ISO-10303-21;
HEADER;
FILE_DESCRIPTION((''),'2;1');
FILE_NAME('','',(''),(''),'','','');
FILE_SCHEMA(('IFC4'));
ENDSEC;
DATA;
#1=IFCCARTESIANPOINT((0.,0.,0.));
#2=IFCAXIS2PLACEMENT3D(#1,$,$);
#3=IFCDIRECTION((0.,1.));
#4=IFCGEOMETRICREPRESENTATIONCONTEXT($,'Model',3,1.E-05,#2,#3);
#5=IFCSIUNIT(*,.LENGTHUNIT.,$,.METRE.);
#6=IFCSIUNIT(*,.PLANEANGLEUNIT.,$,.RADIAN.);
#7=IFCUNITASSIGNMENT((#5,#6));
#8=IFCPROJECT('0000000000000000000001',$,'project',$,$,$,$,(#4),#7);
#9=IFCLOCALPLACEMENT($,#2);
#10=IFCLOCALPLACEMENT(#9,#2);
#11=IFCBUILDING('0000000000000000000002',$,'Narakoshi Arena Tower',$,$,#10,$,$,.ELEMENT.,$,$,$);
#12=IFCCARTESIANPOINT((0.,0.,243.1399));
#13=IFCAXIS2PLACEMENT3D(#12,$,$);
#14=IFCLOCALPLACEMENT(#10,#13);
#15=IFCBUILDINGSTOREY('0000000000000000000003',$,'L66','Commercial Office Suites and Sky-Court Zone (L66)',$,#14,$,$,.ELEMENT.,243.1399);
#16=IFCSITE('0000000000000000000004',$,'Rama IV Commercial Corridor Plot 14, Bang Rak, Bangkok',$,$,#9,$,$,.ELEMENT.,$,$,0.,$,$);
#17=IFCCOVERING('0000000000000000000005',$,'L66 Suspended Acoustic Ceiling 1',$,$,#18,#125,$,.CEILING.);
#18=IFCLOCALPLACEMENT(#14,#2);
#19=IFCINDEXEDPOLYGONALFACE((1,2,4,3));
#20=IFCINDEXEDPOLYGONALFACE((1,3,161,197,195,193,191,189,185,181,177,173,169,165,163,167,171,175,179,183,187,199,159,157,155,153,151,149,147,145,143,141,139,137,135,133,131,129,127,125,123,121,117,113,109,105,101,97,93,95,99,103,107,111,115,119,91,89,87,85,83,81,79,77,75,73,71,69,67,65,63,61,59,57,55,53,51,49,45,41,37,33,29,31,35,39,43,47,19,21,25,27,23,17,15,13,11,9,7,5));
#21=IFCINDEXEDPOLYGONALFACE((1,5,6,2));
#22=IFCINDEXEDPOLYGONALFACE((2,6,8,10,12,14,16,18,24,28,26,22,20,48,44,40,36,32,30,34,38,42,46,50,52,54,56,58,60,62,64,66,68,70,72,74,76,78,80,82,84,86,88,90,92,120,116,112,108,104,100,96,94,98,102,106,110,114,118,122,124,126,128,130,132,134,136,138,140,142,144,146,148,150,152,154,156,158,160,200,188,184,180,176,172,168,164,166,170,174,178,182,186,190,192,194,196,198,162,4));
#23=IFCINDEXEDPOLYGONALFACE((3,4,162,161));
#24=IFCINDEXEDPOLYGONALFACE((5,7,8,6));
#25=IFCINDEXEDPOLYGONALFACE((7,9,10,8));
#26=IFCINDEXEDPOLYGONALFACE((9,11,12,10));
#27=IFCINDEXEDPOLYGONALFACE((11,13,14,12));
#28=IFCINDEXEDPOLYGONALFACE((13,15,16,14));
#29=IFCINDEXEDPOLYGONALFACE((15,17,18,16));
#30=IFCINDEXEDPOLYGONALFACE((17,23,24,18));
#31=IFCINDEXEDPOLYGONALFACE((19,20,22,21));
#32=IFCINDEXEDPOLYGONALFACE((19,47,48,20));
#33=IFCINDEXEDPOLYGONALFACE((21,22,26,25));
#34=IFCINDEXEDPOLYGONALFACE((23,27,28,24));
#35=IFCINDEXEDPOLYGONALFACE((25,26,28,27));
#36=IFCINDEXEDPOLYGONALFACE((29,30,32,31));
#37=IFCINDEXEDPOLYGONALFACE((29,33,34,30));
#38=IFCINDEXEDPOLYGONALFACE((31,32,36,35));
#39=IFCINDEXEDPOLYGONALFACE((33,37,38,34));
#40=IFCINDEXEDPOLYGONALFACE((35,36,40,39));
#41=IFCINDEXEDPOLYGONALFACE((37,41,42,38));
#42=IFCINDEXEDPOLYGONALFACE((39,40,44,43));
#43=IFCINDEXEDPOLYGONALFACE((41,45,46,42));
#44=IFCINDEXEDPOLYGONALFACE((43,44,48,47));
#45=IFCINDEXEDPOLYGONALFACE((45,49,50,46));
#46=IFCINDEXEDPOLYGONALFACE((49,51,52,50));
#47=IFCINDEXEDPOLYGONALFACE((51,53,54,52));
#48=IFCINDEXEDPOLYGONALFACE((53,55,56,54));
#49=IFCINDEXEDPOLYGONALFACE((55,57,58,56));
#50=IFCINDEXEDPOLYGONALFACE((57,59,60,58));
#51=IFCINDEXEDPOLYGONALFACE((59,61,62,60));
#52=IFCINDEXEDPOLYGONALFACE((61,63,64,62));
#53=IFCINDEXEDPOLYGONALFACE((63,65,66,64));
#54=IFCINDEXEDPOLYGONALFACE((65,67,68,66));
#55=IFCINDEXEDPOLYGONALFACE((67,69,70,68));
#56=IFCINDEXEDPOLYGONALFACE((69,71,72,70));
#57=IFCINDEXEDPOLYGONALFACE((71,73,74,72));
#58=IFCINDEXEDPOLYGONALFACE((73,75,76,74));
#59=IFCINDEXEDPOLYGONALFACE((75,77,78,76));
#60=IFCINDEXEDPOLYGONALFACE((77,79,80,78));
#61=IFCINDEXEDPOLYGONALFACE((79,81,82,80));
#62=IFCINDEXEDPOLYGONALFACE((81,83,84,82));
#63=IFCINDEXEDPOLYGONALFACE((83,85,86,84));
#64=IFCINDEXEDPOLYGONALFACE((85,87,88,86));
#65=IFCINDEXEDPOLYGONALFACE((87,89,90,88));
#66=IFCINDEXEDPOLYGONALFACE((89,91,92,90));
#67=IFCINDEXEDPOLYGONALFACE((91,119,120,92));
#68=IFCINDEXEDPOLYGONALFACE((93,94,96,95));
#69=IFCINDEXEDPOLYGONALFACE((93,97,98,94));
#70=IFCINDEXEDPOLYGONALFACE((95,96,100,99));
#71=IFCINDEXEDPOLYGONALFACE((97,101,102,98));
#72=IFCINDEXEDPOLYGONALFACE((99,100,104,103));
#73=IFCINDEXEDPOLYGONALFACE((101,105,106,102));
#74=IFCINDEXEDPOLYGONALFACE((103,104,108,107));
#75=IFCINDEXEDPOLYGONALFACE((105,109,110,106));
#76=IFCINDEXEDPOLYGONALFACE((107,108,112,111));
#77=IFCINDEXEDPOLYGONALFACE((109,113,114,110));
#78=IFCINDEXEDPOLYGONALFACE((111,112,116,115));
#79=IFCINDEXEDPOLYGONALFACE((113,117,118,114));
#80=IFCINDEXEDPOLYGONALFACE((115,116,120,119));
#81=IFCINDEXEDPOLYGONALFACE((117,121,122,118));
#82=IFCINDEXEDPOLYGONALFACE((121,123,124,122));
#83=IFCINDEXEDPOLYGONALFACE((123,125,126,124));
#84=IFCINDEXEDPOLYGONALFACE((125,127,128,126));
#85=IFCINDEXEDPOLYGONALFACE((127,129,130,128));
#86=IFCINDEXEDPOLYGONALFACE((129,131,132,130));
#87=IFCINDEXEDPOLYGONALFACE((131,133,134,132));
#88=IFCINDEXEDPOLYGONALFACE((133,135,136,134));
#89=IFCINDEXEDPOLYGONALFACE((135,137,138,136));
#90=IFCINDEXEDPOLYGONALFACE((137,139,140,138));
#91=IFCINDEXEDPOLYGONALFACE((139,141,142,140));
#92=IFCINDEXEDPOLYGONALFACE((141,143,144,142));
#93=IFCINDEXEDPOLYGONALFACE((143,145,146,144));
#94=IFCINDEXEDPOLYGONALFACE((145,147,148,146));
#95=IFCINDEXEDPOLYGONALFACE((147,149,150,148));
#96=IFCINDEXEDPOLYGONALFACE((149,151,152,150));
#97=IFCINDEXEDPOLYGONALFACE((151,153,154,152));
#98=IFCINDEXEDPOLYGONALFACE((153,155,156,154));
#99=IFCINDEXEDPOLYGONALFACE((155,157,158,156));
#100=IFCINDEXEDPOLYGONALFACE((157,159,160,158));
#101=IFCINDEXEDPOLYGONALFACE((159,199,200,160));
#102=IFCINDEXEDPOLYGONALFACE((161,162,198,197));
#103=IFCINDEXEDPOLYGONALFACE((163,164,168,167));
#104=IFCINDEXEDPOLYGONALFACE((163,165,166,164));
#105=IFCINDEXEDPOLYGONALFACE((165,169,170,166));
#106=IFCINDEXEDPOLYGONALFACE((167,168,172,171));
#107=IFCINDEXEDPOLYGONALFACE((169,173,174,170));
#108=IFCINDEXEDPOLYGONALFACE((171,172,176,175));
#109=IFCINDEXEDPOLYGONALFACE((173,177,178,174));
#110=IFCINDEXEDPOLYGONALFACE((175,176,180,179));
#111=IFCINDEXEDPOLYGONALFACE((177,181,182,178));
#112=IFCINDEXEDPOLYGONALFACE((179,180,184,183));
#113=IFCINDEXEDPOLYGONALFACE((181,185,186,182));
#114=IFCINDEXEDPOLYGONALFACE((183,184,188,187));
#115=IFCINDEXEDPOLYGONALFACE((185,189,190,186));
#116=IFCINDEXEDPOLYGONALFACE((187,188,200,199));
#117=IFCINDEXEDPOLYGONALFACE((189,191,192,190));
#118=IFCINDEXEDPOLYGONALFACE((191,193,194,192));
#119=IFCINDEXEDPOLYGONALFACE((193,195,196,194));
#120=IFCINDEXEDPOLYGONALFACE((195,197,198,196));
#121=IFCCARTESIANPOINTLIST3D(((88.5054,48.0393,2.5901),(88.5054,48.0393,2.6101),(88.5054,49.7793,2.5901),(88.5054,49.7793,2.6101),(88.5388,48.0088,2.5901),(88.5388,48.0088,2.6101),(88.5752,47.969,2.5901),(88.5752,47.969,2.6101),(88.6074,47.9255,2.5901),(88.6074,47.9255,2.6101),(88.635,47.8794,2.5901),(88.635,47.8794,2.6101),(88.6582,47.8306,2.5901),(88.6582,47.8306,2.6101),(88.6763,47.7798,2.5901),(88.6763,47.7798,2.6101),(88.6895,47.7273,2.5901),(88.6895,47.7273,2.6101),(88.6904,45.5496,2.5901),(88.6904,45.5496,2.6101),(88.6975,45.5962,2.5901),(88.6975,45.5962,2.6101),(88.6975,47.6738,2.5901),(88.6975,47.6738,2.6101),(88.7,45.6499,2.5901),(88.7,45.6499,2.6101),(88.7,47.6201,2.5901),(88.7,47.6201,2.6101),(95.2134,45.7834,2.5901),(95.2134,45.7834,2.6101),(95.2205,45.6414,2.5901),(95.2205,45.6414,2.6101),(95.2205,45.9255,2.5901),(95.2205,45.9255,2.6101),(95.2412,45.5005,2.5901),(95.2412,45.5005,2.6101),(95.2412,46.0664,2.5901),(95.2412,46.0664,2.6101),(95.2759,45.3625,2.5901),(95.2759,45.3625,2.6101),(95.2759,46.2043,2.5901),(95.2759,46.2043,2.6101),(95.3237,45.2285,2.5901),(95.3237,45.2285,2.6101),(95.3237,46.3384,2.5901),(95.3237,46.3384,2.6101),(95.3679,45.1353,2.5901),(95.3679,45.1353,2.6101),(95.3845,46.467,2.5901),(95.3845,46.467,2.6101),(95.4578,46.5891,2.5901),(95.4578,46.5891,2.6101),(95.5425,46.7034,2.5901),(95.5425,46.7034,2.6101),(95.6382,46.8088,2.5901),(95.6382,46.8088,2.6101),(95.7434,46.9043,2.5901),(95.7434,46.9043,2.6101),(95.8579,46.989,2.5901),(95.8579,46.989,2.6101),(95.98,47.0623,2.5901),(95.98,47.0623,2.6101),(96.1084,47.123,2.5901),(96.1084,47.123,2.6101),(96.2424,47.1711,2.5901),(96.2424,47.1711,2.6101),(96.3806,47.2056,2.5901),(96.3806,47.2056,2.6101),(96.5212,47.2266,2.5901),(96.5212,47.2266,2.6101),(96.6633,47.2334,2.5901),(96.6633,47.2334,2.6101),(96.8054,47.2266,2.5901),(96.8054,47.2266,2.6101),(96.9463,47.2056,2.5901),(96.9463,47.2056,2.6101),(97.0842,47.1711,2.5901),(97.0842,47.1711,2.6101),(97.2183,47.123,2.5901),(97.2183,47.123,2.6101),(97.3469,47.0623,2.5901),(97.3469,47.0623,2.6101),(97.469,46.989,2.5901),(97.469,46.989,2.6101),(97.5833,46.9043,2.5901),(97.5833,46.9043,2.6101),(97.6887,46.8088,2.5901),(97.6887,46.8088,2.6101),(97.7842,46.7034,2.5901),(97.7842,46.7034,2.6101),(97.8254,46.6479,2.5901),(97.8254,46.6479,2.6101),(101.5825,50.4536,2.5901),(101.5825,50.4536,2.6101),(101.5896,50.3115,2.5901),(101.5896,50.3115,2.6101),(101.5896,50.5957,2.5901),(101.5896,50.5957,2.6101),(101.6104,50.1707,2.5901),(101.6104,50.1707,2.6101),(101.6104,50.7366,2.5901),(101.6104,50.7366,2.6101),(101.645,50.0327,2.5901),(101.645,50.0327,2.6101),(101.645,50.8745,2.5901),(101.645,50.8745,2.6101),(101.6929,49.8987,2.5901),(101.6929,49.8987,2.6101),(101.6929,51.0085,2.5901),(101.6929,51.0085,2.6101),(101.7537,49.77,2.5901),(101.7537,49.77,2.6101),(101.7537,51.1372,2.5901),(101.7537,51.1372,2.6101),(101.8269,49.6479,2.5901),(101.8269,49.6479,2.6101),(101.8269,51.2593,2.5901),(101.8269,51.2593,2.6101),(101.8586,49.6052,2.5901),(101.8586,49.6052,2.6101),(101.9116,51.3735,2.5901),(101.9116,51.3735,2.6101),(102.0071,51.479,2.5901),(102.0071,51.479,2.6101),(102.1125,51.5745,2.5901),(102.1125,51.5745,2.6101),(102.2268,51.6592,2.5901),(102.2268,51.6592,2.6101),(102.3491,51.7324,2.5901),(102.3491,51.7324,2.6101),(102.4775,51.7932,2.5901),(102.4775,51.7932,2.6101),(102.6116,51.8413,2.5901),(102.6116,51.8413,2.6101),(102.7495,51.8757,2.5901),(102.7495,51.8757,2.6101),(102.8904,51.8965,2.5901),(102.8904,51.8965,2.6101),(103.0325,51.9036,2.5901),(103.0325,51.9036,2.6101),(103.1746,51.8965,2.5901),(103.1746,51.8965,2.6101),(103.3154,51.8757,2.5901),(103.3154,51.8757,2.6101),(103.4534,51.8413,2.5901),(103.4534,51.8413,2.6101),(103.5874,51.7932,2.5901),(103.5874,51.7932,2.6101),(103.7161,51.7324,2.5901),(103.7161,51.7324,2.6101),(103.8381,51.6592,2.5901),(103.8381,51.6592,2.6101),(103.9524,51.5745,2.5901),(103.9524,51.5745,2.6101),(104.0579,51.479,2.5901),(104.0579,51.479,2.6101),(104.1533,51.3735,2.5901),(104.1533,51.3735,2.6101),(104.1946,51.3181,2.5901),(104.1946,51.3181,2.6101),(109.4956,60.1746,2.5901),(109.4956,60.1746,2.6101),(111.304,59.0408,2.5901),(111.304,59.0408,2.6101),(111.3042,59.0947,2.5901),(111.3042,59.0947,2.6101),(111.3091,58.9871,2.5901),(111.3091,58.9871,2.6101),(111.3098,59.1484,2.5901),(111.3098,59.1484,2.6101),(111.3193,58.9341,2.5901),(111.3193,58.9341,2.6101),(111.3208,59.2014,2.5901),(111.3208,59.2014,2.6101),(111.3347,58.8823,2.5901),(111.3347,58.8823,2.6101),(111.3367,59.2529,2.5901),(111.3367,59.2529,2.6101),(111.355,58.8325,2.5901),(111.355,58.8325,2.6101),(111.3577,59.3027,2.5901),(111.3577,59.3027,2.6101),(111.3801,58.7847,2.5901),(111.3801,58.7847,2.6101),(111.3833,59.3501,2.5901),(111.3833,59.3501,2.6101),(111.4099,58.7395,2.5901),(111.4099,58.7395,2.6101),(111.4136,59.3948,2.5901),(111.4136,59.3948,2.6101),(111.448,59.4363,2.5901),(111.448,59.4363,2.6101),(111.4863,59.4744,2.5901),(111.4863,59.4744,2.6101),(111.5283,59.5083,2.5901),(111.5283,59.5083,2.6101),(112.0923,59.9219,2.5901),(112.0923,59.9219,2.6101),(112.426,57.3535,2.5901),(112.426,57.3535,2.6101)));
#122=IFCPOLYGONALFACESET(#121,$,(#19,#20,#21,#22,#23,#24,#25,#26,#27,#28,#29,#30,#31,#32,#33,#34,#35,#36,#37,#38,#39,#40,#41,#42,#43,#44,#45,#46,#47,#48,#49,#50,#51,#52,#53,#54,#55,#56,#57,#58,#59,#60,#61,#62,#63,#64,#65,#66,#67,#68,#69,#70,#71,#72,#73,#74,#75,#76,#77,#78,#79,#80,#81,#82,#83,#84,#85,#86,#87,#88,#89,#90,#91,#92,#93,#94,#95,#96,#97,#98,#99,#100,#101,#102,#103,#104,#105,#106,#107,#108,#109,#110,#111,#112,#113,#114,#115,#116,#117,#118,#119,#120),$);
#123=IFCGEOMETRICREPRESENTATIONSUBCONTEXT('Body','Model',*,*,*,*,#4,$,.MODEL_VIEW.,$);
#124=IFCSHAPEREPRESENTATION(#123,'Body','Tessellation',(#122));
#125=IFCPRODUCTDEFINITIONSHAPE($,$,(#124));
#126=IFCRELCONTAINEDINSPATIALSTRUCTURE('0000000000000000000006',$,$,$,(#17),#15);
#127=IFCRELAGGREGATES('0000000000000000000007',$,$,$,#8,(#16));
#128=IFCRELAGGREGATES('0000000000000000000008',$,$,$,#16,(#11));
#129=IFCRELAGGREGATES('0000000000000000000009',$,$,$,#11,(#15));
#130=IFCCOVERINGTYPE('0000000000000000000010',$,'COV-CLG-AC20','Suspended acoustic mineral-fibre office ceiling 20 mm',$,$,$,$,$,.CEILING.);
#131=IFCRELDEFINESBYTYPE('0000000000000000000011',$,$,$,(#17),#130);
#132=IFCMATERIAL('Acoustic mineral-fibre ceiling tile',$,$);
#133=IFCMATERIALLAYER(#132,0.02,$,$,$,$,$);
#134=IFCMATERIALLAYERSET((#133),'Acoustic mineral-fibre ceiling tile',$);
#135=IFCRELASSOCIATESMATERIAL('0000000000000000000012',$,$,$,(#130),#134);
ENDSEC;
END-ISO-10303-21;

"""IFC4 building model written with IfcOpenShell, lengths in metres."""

from ifc_helpers import new_model, si_unit, direction, frame, origin, place, context, subcontext, project, spatial, polyline, outline, extrude, material, layer, layer_set, type_object, element, save


model = new_model("IFC4")

# Units and contexts
model_context = context("Model", 3, precision=1e-05, world=origin(), true_north=direction((0.0, 1.0)))
body_context = subcontext(model_context, "Body", "Model", "MODEL_VIEW")
ifc_project = project(units=[si_unit("LENGTHUNIT", "METRE"), si_unit("PLANEANGLEUNIT", "RADIAN")], contexts=[model_context])

# Site, building, storey
site_placement = place(None, origin())
site = spatial("IfcSite", under=ifc_project, at=site_placement, Name="Rama IV Commercial Corridor Plot 14, Bang Rak, Bangkok", CompositionType="ELEMENT", RefElevation=0.0)
building_placement = place(site_placement, origin())
building = spatial("IfcBuilding", under=site, at=building_placement, Name="Narakoshi Arena Tower", CompositionType="ELEMENT")
storey_placement = place(building_placement, frame((0.0, 0.0, 243.1399)))
storey = spatial("IfcBuildingStorey", under=building, at=storey_placement, Name="L66", Description="Commercial Office Suites and Sky-Court Zone (L66)", CompositionType="ELEMENT", Elevation=243.1399)

# Covering
ifc_material_1 = material(Name="Acoustic mineral-fibre ceiling tile")
ifc_layer_1 = layer(ifc_material_1, 0.02)
ifc_layer_set_1 = layer_set([ifc_layer_1], Name="Acoustic mineral-fibre ceiling tile")
covering_type_1 = type_object("IfcCoveringType", Name="COV-CLG-AC20", Description="Suspended acoustic mineral-fibre office ceiling 20 mm", PredefinedType="CEILING", material=ifc_layer_set_1)
covering_1_placement = place(storey_placement, frame((0.0, 0.0, 2.5901)))
element("IfcCovering", 1, at=covering_1_placement, inside=storey, type_object=covering_type_1, Name="L66 Suspended Acoustic Ceiling 1", PredefinedType="CEILING", context=body_context, shape_type="SweptSolid", body=[
    extrude(outline(polyline([(88.5054, 49.7793), (109.4956, 60.1746), (112.0923, 59.9219), (111.5283, 59.5083), (111.4863, 59.4744), (111.448, 59.4363), (111.4136, 59.3948), (111.3833, 59.3501), (111.3577, 59.3027), (111.3367, 59.2529), (111.3208, 59.2014), (111.3098, 59.1484), (111.3042, 59.0947), (111.304, 59.0408), (111.3091, 58.9871), (111.3193, 58.9341), (111.3347, 58.8823), (111.355, 58.8325), (111.3801, 58.7847), (111.4099, 58.7395), (112.426, 57.3535), (104.1946, 51.3181), (104.1533, 51.3735), (104.0579, 51.479), (103.9524, 51.5745), (103.8381, 51.6592), (103.7161, 51.7324), (103.5874, 51.7932), (103.4534, 51.8413), (103.3154, 51.8757), (103.1746, 51.8965), (103.0325, 51.9036), (102.8904, 51.8965), (102.7495, 51.8757), (102.6116, 51.8413), (102.4775, 51.7932), (102.3491, 51.7324), (102.2268, 51.6592), (102.1125, 51.5745), (102.0071, 51.479), (101.9116, 51.3735), (101.8269, 51.2593), (101.7537, 51.1372), (101.6929, 51.0085), (101.645, 50.8745), (101.6104, 50.7366), (101.5896, 50.5957), (101.5825, 50.4536), (101.5896, 50.3115), (101.6104, 50.1707), (101.645, 50.0327), (101.6929, 49.8987), (101.7537, 49.77), (101.8269, 49.6479), (101.8586, 49.6052), (97.8254, 46.6479), (97.7842, 46.7034), (97.6887, 46.8088), (97.5833, 46.9043), (97.469, 46.989), (97.3469, 47.0623), (97.2183, 47.123), (97.0842, 47.1711), (96.9463, 47.2056), (96.8054, 47.2266), (96.6633, 47.2334), (96.5212, 47.2266), (96.3806, 47.2056), (96.2424, 47.1711), (96.1084, 47.123), (95.98, 47.0623), (95.8579, 46.989), (95.7434, 46.9043), (95.6382, 46.8088), (95.5425, 46.7034), (95.4578, 46.5891), (95.3845, 46.467), (95.3237, 46.3384), (95.2759, 46.2043), (95.2412, 46.0664), (95.2205, 45.9255), (95.2134, 45.7834), (95.2205, 45.6414), (95.2412, 45.5005), (95.2759, 45.3625), (95.3237, 45.2285), (95.3679, 45.1353), (88.6904, 45.5496), (88.6975, 45.5962), (88.7, 45.6499), (88.7, 47.6201), (88.6975, 47.6738), (88.6895, 47.7273), (88.6763, 47.7798), (88.6582, 47.8306), (88.635, 47.8794), (88.6074, 47.9255), (88.5752, 47.969), (88.5388, 48.0088), (88.5054, 48.0393), (88.5054, 49.7793)])), origin(), (0.0, 0.0, 1.0), 0.02),
])

save(model, "model.ifc")
